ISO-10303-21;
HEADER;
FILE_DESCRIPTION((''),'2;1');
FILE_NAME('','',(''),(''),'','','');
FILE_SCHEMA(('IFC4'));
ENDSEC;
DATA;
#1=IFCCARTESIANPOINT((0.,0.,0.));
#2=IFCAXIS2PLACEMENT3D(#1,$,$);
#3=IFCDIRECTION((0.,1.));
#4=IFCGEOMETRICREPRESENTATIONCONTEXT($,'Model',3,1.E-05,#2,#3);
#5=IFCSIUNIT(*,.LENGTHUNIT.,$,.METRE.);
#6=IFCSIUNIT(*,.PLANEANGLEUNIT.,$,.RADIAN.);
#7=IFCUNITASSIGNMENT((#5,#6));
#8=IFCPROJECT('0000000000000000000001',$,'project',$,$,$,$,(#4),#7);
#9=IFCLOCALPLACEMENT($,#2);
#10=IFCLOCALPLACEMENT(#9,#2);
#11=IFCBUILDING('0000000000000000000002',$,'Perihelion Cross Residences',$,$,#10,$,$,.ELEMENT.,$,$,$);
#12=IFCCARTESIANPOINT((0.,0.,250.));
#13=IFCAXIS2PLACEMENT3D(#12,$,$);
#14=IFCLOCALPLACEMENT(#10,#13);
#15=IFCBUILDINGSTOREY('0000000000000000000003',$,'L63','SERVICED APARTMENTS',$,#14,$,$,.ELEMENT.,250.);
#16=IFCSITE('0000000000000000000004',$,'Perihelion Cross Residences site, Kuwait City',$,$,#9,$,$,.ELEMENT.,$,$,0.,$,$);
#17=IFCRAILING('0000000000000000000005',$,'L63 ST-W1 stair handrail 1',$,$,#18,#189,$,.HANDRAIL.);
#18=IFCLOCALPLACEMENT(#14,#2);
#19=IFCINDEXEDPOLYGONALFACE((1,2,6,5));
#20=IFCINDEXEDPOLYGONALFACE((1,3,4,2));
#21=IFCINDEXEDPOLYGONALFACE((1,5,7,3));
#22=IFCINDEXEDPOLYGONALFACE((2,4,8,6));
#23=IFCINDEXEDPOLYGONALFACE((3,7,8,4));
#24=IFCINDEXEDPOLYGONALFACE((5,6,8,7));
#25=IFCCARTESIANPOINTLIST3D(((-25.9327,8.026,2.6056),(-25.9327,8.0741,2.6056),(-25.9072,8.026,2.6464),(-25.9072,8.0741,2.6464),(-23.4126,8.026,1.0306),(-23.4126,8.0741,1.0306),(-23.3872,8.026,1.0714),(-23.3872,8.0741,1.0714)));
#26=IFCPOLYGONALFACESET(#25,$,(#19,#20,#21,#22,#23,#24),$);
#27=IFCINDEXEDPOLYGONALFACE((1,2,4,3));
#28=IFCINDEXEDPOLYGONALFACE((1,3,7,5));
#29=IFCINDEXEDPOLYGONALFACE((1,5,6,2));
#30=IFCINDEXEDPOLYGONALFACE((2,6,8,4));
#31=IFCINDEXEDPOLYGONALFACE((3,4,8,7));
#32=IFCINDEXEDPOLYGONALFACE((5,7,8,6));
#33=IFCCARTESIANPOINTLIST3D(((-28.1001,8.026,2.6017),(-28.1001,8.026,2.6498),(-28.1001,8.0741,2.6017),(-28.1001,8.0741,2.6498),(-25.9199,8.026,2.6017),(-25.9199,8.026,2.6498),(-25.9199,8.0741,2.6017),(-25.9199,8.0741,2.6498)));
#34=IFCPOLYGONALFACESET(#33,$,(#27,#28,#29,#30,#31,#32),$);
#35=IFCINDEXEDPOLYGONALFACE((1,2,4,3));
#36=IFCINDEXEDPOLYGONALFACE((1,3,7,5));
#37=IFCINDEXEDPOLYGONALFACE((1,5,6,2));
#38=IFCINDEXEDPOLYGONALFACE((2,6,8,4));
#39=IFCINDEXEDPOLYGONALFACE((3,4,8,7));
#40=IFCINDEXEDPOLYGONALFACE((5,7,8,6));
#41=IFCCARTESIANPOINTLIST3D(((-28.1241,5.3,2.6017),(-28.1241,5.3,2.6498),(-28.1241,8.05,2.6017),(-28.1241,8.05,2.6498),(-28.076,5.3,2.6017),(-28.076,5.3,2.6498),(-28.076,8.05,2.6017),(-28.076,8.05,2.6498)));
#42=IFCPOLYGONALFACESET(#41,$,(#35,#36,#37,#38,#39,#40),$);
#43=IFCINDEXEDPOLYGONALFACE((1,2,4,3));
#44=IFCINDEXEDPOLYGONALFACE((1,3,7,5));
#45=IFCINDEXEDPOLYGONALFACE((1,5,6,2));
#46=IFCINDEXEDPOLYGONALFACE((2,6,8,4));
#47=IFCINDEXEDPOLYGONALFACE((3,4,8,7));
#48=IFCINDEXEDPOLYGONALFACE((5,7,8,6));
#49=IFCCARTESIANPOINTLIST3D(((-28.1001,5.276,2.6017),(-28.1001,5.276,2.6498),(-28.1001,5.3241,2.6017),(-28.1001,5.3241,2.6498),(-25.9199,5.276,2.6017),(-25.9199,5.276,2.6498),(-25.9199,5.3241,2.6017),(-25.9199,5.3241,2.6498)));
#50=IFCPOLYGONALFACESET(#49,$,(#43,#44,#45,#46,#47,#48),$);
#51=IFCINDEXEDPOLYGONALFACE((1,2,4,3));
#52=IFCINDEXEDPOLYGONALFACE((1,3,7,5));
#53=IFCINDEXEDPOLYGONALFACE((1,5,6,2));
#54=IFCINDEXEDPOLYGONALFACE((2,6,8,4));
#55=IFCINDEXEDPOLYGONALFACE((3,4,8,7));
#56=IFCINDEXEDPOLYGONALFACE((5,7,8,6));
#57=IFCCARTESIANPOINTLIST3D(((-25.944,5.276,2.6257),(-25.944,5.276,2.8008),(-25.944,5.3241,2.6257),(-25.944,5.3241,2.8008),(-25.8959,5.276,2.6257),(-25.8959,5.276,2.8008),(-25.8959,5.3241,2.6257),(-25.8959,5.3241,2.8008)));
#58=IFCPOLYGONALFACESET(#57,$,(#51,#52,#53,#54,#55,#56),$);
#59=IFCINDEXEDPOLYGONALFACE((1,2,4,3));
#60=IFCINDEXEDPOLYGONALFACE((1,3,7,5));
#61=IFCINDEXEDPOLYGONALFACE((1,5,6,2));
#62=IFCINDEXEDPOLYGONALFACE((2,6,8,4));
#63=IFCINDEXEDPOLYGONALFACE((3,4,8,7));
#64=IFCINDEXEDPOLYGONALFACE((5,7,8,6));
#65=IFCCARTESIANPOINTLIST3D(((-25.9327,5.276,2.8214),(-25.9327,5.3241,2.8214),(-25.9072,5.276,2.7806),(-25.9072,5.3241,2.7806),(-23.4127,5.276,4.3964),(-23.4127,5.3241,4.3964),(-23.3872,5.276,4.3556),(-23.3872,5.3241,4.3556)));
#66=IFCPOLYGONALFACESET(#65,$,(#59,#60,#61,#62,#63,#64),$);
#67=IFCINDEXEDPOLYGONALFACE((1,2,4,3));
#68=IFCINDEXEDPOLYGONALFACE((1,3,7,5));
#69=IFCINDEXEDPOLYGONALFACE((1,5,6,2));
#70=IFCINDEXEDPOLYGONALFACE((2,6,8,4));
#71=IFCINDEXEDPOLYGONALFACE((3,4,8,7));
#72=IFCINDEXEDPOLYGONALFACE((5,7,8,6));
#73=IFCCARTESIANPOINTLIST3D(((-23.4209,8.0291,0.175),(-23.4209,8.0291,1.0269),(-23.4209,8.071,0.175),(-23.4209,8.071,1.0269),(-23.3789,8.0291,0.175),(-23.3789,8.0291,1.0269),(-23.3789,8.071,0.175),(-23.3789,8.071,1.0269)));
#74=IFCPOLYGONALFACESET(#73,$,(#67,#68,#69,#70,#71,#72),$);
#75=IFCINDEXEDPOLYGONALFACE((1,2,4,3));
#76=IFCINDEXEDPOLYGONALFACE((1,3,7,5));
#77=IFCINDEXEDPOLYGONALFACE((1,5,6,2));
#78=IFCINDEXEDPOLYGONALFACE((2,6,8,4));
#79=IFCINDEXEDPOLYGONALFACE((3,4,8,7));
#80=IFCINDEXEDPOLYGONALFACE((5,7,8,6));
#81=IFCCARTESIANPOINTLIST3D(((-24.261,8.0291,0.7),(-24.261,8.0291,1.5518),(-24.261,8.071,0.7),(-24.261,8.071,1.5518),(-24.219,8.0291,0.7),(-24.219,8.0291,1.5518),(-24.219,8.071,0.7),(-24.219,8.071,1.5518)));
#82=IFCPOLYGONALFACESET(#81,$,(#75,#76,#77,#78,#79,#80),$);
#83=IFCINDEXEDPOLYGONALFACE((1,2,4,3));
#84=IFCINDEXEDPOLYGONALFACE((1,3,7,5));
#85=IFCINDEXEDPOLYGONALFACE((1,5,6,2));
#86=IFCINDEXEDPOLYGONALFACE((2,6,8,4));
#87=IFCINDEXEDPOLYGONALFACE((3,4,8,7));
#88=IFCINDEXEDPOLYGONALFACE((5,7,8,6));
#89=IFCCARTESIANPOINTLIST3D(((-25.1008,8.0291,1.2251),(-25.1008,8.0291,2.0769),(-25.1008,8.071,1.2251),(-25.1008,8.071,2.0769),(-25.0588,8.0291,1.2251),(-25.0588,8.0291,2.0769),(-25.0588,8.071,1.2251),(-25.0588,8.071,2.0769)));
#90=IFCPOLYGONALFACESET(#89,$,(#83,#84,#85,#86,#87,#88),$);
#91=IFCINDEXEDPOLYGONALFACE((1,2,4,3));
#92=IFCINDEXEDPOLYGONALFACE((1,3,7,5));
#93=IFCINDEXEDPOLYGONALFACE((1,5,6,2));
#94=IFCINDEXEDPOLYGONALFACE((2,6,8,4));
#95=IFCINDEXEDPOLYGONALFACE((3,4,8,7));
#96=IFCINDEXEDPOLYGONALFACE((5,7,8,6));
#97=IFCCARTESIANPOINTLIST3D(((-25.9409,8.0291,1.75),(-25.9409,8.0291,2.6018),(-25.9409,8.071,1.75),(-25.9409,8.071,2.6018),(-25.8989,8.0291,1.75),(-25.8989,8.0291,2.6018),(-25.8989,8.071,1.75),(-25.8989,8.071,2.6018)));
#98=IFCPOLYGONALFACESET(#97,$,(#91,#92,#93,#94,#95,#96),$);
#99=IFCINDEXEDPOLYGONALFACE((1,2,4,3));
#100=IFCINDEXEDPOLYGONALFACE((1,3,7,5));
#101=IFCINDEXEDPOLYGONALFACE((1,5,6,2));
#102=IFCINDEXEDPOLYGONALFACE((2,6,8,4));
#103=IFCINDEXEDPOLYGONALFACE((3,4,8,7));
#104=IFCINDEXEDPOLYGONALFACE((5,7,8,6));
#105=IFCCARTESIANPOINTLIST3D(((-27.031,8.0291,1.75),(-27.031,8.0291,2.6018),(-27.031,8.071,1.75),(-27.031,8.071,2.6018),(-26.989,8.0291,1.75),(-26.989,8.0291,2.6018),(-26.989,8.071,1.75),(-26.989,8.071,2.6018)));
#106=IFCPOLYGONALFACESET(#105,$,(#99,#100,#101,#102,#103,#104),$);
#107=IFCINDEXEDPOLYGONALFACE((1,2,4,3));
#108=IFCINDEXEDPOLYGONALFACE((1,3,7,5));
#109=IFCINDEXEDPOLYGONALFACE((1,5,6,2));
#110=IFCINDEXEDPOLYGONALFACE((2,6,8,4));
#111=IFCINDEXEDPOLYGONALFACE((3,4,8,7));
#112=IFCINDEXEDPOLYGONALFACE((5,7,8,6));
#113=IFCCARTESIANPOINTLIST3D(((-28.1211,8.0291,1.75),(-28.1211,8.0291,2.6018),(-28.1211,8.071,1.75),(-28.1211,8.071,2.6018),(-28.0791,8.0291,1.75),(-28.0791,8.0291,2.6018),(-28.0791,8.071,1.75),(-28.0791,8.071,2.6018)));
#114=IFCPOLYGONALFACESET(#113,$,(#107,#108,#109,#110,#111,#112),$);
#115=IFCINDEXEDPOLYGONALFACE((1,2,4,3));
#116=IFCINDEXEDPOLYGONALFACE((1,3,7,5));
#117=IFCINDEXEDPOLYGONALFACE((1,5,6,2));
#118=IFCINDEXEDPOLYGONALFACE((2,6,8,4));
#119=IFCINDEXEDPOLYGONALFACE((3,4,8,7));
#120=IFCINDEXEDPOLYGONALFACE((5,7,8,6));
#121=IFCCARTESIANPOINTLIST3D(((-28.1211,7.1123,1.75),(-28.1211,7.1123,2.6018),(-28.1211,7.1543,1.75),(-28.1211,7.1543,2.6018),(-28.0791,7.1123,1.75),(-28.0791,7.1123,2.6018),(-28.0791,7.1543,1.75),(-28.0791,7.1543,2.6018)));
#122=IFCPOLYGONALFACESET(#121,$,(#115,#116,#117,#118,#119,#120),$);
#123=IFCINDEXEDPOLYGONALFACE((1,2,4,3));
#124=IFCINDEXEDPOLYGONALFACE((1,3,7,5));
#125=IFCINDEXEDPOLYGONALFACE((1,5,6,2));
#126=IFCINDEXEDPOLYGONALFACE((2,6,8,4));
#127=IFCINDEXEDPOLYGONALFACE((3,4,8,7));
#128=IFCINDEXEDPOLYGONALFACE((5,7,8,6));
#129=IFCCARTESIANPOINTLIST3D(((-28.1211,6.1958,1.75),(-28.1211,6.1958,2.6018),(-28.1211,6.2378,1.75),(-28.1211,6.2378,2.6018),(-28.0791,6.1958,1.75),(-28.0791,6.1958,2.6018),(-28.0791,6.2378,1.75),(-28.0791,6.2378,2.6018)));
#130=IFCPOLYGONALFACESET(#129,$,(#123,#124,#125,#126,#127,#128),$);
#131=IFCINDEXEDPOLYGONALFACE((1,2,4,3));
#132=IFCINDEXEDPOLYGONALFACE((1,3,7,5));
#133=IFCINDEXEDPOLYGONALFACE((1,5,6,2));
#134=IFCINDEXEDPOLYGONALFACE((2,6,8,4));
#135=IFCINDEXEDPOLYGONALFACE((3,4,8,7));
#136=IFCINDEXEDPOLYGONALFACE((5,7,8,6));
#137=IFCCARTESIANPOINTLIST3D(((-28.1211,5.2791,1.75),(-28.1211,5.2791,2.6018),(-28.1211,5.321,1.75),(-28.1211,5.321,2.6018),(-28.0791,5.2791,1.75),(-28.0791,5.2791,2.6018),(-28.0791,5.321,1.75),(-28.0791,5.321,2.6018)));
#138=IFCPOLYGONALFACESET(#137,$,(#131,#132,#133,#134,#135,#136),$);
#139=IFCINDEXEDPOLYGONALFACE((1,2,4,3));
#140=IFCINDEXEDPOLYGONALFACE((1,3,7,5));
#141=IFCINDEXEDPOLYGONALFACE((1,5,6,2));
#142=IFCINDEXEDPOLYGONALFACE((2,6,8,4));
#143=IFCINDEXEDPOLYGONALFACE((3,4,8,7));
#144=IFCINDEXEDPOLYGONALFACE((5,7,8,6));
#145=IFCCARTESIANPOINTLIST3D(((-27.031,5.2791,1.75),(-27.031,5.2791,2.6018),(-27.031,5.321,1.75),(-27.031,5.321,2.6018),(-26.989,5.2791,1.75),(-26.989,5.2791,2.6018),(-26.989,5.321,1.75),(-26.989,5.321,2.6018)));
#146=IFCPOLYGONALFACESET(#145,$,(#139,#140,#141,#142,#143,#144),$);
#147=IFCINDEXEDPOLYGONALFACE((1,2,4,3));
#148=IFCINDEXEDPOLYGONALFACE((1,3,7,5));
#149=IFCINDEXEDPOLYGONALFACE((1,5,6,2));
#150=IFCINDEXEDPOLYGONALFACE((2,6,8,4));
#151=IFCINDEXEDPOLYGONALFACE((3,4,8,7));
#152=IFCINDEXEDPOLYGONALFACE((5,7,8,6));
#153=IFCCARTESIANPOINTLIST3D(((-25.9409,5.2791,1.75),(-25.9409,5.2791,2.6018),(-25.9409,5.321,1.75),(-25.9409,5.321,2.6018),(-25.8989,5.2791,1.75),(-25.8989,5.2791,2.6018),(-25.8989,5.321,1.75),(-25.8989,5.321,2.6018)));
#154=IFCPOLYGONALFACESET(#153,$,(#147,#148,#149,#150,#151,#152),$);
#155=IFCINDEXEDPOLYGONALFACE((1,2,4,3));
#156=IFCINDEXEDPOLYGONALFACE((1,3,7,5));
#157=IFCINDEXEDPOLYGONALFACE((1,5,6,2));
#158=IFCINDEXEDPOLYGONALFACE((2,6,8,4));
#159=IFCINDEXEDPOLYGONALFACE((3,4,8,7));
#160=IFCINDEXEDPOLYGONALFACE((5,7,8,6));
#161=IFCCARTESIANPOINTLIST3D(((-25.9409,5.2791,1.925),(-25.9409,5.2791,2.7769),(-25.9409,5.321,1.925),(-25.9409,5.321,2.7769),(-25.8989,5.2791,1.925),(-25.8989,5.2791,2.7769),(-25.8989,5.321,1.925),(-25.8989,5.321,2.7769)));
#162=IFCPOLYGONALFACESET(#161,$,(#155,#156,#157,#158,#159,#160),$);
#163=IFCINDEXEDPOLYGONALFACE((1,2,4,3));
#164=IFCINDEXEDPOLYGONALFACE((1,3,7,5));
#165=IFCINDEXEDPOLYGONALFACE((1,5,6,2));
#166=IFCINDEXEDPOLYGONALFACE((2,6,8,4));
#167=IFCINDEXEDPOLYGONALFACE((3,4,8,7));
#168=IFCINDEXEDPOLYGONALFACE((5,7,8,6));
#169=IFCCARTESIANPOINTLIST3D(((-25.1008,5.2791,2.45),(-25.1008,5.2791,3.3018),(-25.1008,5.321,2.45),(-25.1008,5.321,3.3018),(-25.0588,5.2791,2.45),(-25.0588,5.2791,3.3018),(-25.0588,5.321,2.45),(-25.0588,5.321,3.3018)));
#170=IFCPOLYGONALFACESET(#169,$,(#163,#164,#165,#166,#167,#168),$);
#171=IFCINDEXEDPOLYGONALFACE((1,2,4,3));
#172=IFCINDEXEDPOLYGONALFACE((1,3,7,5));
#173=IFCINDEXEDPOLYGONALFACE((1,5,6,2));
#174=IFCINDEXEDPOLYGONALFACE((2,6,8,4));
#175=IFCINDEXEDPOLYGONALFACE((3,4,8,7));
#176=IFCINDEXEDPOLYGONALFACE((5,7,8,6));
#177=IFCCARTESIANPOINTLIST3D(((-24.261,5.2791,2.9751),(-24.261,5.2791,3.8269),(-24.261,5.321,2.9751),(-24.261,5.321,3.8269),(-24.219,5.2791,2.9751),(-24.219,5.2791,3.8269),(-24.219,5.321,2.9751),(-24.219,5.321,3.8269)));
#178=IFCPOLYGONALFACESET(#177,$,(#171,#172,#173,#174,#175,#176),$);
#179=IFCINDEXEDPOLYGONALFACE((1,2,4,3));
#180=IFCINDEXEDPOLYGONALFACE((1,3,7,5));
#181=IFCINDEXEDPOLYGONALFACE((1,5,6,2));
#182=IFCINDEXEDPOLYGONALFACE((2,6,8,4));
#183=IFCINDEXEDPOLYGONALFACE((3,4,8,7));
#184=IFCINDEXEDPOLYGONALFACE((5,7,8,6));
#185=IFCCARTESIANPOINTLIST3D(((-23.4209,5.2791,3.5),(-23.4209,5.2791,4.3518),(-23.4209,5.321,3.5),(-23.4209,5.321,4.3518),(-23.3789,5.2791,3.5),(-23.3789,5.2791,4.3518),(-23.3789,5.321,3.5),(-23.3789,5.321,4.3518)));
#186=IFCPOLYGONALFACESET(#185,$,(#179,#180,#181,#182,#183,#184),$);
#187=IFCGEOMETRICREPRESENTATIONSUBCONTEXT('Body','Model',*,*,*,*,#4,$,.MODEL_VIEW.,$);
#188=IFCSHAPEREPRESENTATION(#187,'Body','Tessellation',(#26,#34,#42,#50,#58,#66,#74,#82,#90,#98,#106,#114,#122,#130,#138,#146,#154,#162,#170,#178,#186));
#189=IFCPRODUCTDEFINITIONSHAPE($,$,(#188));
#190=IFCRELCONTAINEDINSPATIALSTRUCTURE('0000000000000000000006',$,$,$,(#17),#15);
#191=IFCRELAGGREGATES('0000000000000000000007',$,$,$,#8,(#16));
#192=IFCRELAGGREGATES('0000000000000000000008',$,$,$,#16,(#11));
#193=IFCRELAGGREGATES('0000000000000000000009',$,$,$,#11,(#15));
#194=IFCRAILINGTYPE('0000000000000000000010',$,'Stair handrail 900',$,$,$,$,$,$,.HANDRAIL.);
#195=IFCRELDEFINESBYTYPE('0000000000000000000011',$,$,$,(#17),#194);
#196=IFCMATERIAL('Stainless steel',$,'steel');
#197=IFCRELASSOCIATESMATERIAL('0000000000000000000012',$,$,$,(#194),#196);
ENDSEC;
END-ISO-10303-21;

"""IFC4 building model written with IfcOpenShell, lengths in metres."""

from ifc_helpers import new_model, si_unit, direction, frame, origin, origin_2d, place, context, subcontext, project, spatial, rectangle, extrude, material, type_object, element, save


model = new_model("IFC4")

# Units and contexts
model_context = context("Model", 3, precision=1e-05, world=origin(), true_north=direction((0.0, 1.0)))
body_context = subcontext(model_context, "Body", "Model", "MODEL_VIEW")
ifc_project = project(units=[si_unit("LENGTHUNIT", "METRE"), si_unit("PLANEANGLEUNIT", "RADIAN")], contexts=[model_context])

# Site, building, storey
site_placement = place(None, origin())
site = spatial("IfcSite", under=ifc_project, at=site_placement, Name="Perihelion Cross Residences site, Kuwait City", CompositionType="ELEMENT", RefElevation=0.0)
building_placement = place(site_placement, origin())
building = spatial("IfcBuilding", under=site, at=building_placement, Name="Perihelion Cross Residences", CompositionType="ELEMENT")
storey_placement = place(building_placement, frame((0.0, 0.0, 250.0)))
storey = spatial("IfcBuildingStorey", under=building, at=storey_placement, Name="L63", Description="SERVICED APARTMENTS", CompositionType="ELEMENT", Elevation=250.0)

# Railing
ifc_material_1 = material(Name="Stainless steel", Category="steel")
railing_type_1 = type_object("IfcRailingType", Name="Stair handrail 900", PredefinedType="HANDRAIL", material=ifc_material_1)
railing_1_placement = place(storey_placement, frame((-23.3999, 8.05, 0.175)))
element("IfcRailing", 1, at=railing_1_placement, inside=storey, type_object=railing_type_1, Name="L63 ST-W1 stair handrail 1", PredefinedType="HANDRAIL", context=body_context, shape_type="SweptSolid", body=[
    extrude(rectangle(XDim=0.0481, YDim=0.0481, at=origin_2d()), frame((0.0, 0.0, 0.876), z_axis=(-0.848008, 0.0, 0.529984), x_axis=(0.0, -1.0, 0.0)), (0.0, 0.0, 1.0), 2.9717),
    extrude(rectangle(XDim=0.0481, YDim=0.0481, at=origin_2d()), frame((-2.52, 0.0, 2.4507), z_axis=(-1.0, 0.0, 0.0), x_axis=(0.0, -1.0, 0.0)), (0.0, 0.0, 1.0), 2.1802),
    extrude(rectangle(XDim=0.0481, YDim=0.0481, at=origin_2d()), frame((-4.7002, 0.0, 2.4507), z_axis=(0.0, -1.0, 0.0), x_axis=(1.0, 0.0, 0.0)), (0.0, 0.0, 1.0), 2.75),
    extrude(rectangle(XDim=0.0481, YDim=0.0481, at=origin_2d()), frame((-4.7002, -2.75, 2.4507), z_axis=(1.0, 0.0, 0.0), x_axis=(0.0, 1.0, 0.0)), (0.0, 0.0, 1.0), 2.1802),
    extrude(rectangle(XDim=0.0481, YDim=0.0481, at=origin_2d()), frame((-2.52, -2.75, 2.4507), z_axis=(0.0, 0.0, 1.0), x_axis=(1.0, 0.0, 0.0)), (0.0, 0.0, 1.0), 0.175),
    extrude(rectangle(XDim=0.0481, YDim=0.0481, at=origin_2d()), frame((-2.52, -2.75, 2.626), z_axis=(0.848008, 0.0, 0.529984), x_axis=(0.0, 1.0, 0.0)), (0.0, 0.0, 1.0), 2.9717),
    extrude(rectangle(XDim=0.042, YDim=0.042, at=origin_2d()), origin(), (0.0, 0.0, 1.0), 0.8518),
    extrude(rectangle(XDim=0.042, YDim=0.042, at=origin_2d()), frame((-0.8401, 0.0, 0.5249)), (0.0, 0.0, 1.0), 0.8518),
    extrude(rectangle(XDim=0.042, YDim=0.042, at=origin_2d()), frame((-1.6799, 0.0, 1.05)), (0.0, 0.0, 1.0), 0.8518),
    extrude(rectangle(XDim=0.042, YDim=0.042, at=origin_2d()), frame((-2.52, 0.0, 1.575)), (0.0, 0.0, 1.0), 0.8518),
    extrude(rectangle(XDim=0.042, YDim=0.042, at=origin_2d()), frame((-3.6101, 0.0, 1.575)), (0.0, 0.0, 1.0), 0.8518),
    extrude(rectangle(XDim=0.042, YDim=0.042, at=origin_2d()), frame((-4.7002, 0.0, 1.575)), (0.0, 0.0, 1.0), 0.8518),
    extrude(rectangle(XDim=0.042, YDim=0.042, at=origin_2d()), frame((-4.7002, -0.9167, 1.575)), (0.0, 0.0, 1.0), 0.8518),
    extrude(rectangle(XDim=0.042, YDim=0.042, at=origin_2d()), frame((-4.7002, -1.8333, 1.575)), (0.0, 0.0, 1.0), 0.8518),
    extrude(rectangle(XDim=0.042, YDim=0.042, at=origin_2d()), frame((-4.7002, -2.75, 1.575)), (0.0, 0.0, 1.0), 0.8518),
    extrude(rectangle(XDim=0.042, YDim=0.042, at=origin_2d()), frame((-3.6101, -2.75, 1.575)), (0.0, 0.0, 1.0), 0.8518),
    extrude(rectangle(XDim=0.042, YDim=0.042, at=origin_2d()), frame((-2.52, -2.75, 1.575)), (0.0, 0.0, 1.0), 0.8518),
    extrude(rectangle(XDim=0.042, YDim=0.042, at=origin_2d()), frame((-2.52, -2.75, 1.75)), (0.0, 0.0, 1.0), 0.8518),
    extrude(rectangle(XDim=0.042, YDim=0.042, at=origin_2d()), frame((-1.6799, -2.75, 2.2749)), (0.0, 0.0, 1.0), 0.8518),
    extrude(rectangle(XDim=0.042, YDim=0.042, at=origin_2d()), frame((-0.8401, -2.75, 2.8)), (0.0, 0.0, 1.0), 0.8518),
    extrude(rectangle(XDim=0.042, YDim=0.042, at=origin_2d()), frame((0.0, -2.75, 3.325)), (0.0, 0.0, 1.0), 0.8518),
])

save(model, "model.ifc")
